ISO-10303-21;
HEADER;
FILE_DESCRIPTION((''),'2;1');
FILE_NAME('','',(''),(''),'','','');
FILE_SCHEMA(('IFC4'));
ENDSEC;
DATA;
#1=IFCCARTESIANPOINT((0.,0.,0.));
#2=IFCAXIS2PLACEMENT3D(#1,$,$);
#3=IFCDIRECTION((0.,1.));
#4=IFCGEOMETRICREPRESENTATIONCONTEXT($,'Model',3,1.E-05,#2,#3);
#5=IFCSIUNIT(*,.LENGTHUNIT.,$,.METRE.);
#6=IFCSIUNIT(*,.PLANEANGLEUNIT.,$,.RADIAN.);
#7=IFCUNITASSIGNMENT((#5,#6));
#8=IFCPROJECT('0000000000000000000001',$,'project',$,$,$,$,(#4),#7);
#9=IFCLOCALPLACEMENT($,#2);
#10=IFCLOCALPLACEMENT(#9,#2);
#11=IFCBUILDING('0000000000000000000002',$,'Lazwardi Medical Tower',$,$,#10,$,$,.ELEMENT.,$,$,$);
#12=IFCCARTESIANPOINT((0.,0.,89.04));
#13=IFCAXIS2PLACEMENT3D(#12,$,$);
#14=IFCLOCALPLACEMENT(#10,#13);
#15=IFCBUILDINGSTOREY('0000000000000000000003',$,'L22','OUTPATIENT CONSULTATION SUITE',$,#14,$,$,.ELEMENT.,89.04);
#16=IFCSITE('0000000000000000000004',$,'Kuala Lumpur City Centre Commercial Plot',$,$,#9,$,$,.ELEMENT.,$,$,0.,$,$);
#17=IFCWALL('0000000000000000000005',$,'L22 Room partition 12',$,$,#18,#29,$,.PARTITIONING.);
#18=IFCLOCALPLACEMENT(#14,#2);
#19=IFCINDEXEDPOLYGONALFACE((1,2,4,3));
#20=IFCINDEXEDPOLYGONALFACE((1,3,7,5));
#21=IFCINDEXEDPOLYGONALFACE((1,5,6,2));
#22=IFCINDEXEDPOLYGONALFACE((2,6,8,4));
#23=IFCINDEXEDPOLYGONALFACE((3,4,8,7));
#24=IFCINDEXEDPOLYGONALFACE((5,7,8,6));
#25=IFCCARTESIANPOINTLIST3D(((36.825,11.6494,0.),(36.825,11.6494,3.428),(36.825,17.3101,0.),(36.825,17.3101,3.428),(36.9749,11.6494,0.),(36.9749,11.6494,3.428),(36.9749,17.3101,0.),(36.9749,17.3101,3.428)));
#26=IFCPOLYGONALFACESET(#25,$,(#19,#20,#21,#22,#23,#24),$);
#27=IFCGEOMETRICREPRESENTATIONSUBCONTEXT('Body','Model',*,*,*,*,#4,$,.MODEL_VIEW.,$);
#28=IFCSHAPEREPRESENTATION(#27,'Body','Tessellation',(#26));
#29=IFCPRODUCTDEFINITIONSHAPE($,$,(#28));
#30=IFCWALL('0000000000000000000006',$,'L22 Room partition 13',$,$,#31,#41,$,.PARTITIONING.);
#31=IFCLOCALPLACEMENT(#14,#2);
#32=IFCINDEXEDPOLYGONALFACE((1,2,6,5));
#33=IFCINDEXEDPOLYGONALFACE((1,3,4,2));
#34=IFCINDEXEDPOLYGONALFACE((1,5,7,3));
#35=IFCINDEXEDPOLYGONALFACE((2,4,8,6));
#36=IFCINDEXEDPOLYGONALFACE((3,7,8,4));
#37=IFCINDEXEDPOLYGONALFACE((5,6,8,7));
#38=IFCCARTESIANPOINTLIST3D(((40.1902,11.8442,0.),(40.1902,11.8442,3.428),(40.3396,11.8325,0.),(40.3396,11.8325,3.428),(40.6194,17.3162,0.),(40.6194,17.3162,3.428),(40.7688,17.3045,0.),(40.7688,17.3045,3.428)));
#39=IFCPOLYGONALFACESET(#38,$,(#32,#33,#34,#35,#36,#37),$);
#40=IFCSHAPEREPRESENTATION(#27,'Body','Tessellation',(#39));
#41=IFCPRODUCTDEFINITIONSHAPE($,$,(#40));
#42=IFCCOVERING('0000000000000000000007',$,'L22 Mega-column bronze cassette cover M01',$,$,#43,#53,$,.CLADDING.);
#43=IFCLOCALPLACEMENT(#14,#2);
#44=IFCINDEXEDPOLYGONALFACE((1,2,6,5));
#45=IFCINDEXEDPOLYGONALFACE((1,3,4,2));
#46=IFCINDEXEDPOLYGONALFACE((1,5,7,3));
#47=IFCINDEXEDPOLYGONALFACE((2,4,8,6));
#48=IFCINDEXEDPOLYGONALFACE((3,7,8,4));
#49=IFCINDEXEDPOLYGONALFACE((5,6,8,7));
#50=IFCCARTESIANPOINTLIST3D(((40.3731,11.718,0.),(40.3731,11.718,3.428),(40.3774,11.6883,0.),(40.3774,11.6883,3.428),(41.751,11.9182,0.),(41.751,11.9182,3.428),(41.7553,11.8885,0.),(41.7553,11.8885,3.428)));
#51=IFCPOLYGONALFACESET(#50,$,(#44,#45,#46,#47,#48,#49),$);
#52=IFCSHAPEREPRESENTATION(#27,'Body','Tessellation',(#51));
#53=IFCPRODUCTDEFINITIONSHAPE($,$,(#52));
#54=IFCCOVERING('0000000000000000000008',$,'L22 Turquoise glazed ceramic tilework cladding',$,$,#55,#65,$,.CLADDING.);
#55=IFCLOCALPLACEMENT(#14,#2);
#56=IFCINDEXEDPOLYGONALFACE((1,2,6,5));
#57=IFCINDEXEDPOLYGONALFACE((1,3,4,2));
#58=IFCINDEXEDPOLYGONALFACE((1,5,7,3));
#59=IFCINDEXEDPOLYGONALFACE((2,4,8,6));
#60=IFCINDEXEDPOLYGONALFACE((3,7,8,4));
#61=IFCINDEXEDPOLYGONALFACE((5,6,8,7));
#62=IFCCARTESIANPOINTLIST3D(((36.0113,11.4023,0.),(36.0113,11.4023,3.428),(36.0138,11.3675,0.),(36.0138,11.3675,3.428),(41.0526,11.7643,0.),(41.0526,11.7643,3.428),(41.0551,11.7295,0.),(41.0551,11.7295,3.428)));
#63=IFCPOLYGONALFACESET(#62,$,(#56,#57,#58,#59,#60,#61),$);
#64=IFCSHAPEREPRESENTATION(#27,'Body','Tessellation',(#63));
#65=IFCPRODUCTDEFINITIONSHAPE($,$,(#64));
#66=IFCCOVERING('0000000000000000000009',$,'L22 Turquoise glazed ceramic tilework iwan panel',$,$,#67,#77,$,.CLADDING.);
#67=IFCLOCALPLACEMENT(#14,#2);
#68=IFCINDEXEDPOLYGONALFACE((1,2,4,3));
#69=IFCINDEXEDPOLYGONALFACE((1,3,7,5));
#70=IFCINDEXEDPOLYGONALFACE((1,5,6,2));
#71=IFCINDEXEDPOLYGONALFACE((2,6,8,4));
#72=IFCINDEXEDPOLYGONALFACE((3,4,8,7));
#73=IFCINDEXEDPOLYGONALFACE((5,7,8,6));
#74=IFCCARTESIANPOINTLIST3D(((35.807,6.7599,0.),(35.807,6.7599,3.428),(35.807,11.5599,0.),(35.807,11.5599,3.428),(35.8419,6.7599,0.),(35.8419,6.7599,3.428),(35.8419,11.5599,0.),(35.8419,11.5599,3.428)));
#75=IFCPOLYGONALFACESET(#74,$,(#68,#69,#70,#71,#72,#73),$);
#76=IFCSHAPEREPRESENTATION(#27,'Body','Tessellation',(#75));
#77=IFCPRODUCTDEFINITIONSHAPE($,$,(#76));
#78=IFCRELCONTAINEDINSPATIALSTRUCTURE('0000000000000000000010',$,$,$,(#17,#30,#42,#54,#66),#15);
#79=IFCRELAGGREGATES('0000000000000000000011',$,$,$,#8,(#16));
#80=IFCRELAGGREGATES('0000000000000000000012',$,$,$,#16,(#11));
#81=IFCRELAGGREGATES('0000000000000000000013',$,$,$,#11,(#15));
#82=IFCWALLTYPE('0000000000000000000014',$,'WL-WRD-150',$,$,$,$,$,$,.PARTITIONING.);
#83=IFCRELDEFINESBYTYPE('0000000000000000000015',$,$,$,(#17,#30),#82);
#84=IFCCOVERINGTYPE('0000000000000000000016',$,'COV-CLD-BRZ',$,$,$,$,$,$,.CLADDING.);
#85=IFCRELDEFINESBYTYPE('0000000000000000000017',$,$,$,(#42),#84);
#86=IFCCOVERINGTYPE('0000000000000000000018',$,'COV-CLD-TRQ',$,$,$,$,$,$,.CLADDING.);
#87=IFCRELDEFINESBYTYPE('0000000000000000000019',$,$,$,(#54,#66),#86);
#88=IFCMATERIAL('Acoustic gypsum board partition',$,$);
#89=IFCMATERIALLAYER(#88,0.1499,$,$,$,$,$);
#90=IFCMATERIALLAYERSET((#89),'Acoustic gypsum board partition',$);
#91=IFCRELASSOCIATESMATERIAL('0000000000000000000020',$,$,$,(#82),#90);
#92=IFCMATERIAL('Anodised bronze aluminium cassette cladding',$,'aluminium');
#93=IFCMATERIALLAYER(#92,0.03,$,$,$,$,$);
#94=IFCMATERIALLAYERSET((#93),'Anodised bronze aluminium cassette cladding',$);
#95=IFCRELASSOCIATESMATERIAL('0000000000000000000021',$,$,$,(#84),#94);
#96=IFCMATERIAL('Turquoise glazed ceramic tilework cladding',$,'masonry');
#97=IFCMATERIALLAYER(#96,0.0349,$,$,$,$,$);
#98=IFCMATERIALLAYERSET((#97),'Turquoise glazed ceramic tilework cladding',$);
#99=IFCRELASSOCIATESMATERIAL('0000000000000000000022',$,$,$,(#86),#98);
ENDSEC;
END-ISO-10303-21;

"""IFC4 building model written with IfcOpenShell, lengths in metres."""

from ifc_helpers import new_model, si_unit, direction, frame, frame_2d, origin, origin_2d, place, context, subcontext, project, spatial, rectangle, extrude, material, layer, layer_set, type_object, element, save


model = new_model("IFC4")

# Units and contexts
model_context = context("Model", 3, precision=1e-05, world=origin(), true_north=direction((0.0, 1.0)))
body_context = subcontext(model_context, "Body", "Model", "MODEL_VIEW")
ifc_project = project(units=[si_unit("LENGTHUNIT", "METRE"), si_unit("PLANEANGLEUNIT", "RADIAN")], contexts=[model_context])

# Site, building, storey
site_placement = place(None, origin())
site = spatial("IfcSite", under=ifc_project, at=site_placement, Name="Kuala Lumpur City Centre Commercial Plot", CompositionType="ELEMENT", RefElevation=0.0)
building_placement = place(site_placement, origin())
building = spatial("IfcBuilding", under=site, at=building_placement, Name="Lazwardi Medical Tower", CompositionType="ELEMENT")
storey_placement = place(building_placement, frame((0.0, 0.0, 89.04)))
storey = spatial("IfcBuildingStorey", under=building, at=storey_placement, Name="L22", Description="OUTPATIENT CONSULTATION SUITE", CompositionType="ELEMENT", Elevation=89.04)

# Walls
ifc_material_1 = material(Name="Acoustic gypsum board partition")
ifc_layer_1 = layer(ifc_material_1, 0.1499)
ifc_layer_set_1 = layer_set([ifc_layer_1], Name="Acoustic gypsum board partition")
wall_type_1 = type_object("IfcWallType", Name="WL-WRD-150", PredefinedType="PARTITIONING", material=ifc_layer_set_1)
wall_1_placement = place(storey_placement, frame((36.8999, 11.6494, 0.0), z_axis=(0.0, 0.0, 1.0), x_axis=(0.0, 1.0, 0.0)))
element("IfcWall", 1, at=wall_1_placement, inside=storey, type_object=wall_type_1, Name="L22 Room partition 12", PredefinedType="PARTITIONING", context=body_context, shape_type="SweptSolid", body=[
    extrude(rectangle(XDim=5.6606, YDim=0.1499, at=frame_2d((2.8303, 0.0))), origin(), (0.0, 0.0, 1.0), 3.428),
])
wall_2_placement = place(storey_placement, frame((40.2649, 11.8384, 0.0), z_axis=(0.0, 0.0, 1.0), x_axis=(0.078196, 0.996938, 0.0)))
element("IfcWall", 2, at=wall_2_placement, inside=storey, type_object=wall_type_1, Name="L22 Room partition 13", PredefinedType="PARTITIONING", context=body_context, shape_type="SweptSolid", body=[
    extrude(rectangle(XDim=5.4888, YDim=0.1499, at=frame_2d((2.7444, 0.0))), origin(), (0.0, 0.0, 1.0), 3.428),
])

# Coverings
ifc_material_2 = material(Name="Anodised bronze aluminium cassette cladding", Category="aluminium")
ifc_layer_2 = layer(ifc_material_2, 0.03)
ifc_layer_set_2 = layer_set([ifc_layer_2], Name="Anodised bronze aluminium cassette cladding")
covering_type_1 = type_object("IfcCoveringType", Name="COV-CLD-BRZ", PredefinedType="CLADDING", material=ifc_layer_set_2)
covering_1_placement = place(storey_placement, frame((41.0642, 11.8032, 0.0), z_axis=(0.0, 0.0, 1.0), x_axis=(0.989609, 0.143785, 0.0)))
element("IfcCovering", 3, at=covering_1_placement, inside=storey, type_object=covering_type_1, Name="L22 Mega-column bronze cassette cover M01", PredefinedType="CLADDING", context=body_context, shape_type="SweptSolid", body=[
    extrude(rectangle(XDim=1.3923, YDim=0.03, at=origin_2d()), origin(), (0.0, 0.0, 1.0), 3.428),
])
ifc_material_3 = material(Name="Turquoise glazed ceramic tilework cladding", Category="masonry")
ifc_layer_3 = layer(ifc_material_3, 0.0349)
ifc_layer_set_3 = layer_set([ifc_layer_3], Name="Turquoise glazed ceramic tilework cladding")
covering_type_2 = type_object("IfcCoveringType", Name="COV-CLD-TRQ", PredefinedType="CLADDING", material=ifc_layer_set_3)
covering_2_placement = place(storey_placement, frame((38.5332, 11.5659, 0.0), z_axis=(0.0, 0.0, 1.0), x_axis=(0.997432, 0.071625, 0.0)))
element("IfcCovering", 4, at=covering_2_placement, inside=storey, type_object=covering_type_2, Name="L22 Turquoise glazed ceramic tilework cladding", PredefinedType="CLADDING", context=body_context, shape_type="SweptSolid", body=[
    extrude(rectangle(XDim=5.0542, YDim=0.0349, at=origin_2d()), origin(), (0.0, 0.0, 1.0), 3.428),
])
covering_3_placement = place(storey_placement, frame((35.8245, 9.1599, 0.0), z_axis=(0.0, 0.0, 1.0), x_axis=(0.0, 1.0, 0.0)))
element("IfcCovering", 5, at=covering_3_placement, inside=storey, type_object=covering_type_2, Name="L22 Turquoise glazed ceramic tilework iwan panel", PredefinedType="CLADDING", context=body_context, shape_type="SweptSolid", body=[
    extrude(rectangle(XDim=4.8, YDim=0.0349, at=origin_2d()), origin(), (0.0, 0.0, 1.0), 3.428),
])

save(model, "model.ifc")
